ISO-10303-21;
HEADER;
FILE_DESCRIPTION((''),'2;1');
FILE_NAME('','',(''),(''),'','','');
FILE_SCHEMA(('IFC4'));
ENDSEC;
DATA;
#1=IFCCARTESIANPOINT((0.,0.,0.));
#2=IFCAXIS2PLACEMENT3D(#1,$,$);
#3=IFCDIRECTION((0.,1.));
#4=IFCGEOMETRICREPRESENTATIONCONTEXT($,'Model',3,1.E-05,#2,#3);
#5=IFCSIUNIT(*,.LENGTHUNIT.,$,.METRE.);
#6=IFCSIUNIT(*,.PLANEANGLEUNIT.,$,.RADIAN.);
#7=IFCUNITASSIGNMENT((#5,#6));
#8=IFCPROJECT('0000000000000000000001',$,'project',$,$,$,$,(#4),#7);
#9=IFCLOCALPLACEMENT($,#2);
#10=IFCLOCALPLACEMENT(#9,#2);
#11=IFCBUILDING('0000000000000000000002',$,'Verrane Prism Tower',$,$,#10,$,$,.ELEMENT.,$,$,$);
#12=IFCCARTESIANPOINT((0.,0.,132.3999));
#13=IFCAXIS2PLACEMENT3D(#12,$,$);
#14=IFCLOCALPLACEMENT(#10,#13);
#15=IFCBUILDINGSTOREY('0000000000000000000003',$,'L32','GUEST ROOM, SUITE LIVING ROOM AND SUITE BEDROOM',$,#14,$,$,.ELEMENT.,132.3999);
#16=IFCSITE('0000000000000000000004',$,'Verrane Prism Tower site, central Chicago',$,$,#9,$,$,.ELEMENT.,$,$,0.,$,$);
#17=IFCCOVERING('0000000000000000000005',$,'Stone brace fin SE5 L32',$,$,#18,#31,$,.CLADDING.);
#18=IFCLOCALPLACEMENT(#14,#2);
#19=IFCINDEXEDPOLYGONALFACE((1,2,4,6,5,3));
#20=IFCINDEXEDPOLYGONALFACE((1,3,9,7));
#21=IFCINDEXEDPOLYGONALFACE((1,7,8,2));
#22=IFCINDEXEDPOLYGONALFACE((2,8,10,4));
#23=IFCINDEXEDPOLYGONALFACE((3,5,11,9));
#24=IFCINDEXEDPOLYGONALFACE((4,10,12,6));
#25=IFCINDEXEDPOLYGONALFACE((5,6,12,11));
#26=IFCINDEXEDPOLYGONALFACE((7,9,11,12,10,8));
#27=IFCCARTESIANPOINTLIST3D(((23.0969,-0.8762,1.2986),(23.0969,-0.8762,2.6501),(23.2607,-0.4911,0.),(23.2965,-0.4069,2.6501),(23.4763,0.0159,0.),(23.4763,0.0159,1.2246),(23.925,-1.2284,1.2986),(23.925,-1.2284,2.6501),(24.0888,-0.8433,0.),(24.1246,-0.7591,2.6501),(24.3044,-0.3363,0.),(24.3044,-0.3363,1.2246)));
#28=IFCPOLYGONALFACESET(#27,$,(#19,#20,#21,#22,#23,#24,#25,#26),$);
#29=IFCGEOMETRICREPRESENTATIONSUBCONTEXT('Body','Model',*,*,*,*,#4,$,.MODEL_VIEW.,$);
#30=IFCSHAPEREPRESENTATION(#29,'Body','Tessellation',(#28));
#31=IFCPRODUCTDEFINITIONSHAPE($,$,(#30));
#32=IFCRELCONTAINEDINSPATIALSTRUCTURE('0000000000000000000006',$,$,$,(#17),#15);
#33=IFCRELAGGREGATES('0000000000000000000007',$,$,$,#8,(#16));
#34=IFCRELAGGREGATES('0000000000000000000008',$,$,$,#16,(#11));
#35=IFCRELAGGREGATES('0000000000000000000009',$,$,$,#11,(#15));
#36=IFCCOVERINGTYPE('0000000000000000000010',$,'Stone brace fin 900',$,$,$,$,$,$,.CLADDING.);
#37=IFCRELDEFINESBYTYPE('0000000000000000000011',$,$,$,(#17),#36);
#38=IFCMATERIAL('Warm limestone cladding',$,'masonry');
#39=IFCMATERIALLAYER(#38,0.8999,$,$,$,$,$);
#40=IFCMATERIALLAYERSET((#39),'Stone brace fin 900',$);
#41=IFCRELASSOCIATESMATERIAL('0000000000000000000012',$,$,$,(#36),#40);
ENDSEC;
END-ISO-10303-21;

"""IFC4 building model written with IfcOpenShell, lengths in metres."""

from ifc_helpers import new_model, si_unit, direction, frame, origin, place, context, subcontext, project, spatial, polyline, outline, extrude, material, layer, layer_set, type_object, element, save


model = new_model("IFC4")

# Units and contexts
model_context = context("Model", 3, precision=1e-05, world=origin(), true_north=direction((0.0, 1.0)))
body_context = subcontext(model_context, "Body", "Model", "MODEL_VIEW")
ifc_project = project(units=[si_unit("LENGTHUNIT", "METRE"), si_unit("PLANEANGLEUNIT", "RADIAN")], contexts=[model_context])

# Site, building, storey
site_placement = place(None, origin())
site = spatial("IfcSite", under=ifc_project, at=site_placement, Name="Verrane Prism Tower site, central Chicago", CompositionType="ELEMENT", RefElevation=0.0)
building_placement = place(site_placement, origin())
building = spatial("IfcBuilding", under=site, at=building_placement, Name="Verrane Prism Tower", CompositionType="ELEMENT")
storey_placement = place(building_placement, frame((0.0, 0.0, 132.3999)))
storey = spatial("IfcBuildingStorey", under=building, at=storey_placement, Name="L32", Description="GUEST ROOM, SUITE LIVING ROOM AND SUITE BEDROOM", CompositionType="ELEMENT", Elevation=132.3999)

# Covering
ifc_material_1 = material(Name="Warm limestone cladding", Category="masonry")
ifc_layer_1 = layer(ifc_material_1, 0.8999)
ifc_layer_set_1 = layer_set([ifc_layer_1], Name="Stone brace fin 900")
covering_type = type_object("IfcCoveringType", Name="Stone brace fin 900", PredefinedType="CLADDING", material=ifc_layer_set_1)
covering_placement = place(storey_placement, frame((23.8904, -0.1602, 0.0), z_axis=(0.0, 0.0, 1.0), x_axis=(-0.391365, -0.920236, 0.0)))
element("IfcCovering", 1, at=covering_placement, inside=storey, type_object=covering_type, Name="Stone brace fin SE5 L32", PredefinedType="CLADDING", context=body_context, shape_type="SweptSolid", body=[
    extrude(outline(polyline([(0.9695, 2.6501), (0.4595, 2.6501), (0.0, 1.2246), (0.0, 0.0), (0.551, 0.0), (0.9695, 1.2986), (0.9695, 2.6501)])), frame((0.0, 0.45, 0.0), z_axis=(0.0, -1.0, 0.0), x_axis=(1.0, 0.0, 0.0)), (0.0, 0.0, 1.0), 0.8999),
])

save(model, "model.ifc")
